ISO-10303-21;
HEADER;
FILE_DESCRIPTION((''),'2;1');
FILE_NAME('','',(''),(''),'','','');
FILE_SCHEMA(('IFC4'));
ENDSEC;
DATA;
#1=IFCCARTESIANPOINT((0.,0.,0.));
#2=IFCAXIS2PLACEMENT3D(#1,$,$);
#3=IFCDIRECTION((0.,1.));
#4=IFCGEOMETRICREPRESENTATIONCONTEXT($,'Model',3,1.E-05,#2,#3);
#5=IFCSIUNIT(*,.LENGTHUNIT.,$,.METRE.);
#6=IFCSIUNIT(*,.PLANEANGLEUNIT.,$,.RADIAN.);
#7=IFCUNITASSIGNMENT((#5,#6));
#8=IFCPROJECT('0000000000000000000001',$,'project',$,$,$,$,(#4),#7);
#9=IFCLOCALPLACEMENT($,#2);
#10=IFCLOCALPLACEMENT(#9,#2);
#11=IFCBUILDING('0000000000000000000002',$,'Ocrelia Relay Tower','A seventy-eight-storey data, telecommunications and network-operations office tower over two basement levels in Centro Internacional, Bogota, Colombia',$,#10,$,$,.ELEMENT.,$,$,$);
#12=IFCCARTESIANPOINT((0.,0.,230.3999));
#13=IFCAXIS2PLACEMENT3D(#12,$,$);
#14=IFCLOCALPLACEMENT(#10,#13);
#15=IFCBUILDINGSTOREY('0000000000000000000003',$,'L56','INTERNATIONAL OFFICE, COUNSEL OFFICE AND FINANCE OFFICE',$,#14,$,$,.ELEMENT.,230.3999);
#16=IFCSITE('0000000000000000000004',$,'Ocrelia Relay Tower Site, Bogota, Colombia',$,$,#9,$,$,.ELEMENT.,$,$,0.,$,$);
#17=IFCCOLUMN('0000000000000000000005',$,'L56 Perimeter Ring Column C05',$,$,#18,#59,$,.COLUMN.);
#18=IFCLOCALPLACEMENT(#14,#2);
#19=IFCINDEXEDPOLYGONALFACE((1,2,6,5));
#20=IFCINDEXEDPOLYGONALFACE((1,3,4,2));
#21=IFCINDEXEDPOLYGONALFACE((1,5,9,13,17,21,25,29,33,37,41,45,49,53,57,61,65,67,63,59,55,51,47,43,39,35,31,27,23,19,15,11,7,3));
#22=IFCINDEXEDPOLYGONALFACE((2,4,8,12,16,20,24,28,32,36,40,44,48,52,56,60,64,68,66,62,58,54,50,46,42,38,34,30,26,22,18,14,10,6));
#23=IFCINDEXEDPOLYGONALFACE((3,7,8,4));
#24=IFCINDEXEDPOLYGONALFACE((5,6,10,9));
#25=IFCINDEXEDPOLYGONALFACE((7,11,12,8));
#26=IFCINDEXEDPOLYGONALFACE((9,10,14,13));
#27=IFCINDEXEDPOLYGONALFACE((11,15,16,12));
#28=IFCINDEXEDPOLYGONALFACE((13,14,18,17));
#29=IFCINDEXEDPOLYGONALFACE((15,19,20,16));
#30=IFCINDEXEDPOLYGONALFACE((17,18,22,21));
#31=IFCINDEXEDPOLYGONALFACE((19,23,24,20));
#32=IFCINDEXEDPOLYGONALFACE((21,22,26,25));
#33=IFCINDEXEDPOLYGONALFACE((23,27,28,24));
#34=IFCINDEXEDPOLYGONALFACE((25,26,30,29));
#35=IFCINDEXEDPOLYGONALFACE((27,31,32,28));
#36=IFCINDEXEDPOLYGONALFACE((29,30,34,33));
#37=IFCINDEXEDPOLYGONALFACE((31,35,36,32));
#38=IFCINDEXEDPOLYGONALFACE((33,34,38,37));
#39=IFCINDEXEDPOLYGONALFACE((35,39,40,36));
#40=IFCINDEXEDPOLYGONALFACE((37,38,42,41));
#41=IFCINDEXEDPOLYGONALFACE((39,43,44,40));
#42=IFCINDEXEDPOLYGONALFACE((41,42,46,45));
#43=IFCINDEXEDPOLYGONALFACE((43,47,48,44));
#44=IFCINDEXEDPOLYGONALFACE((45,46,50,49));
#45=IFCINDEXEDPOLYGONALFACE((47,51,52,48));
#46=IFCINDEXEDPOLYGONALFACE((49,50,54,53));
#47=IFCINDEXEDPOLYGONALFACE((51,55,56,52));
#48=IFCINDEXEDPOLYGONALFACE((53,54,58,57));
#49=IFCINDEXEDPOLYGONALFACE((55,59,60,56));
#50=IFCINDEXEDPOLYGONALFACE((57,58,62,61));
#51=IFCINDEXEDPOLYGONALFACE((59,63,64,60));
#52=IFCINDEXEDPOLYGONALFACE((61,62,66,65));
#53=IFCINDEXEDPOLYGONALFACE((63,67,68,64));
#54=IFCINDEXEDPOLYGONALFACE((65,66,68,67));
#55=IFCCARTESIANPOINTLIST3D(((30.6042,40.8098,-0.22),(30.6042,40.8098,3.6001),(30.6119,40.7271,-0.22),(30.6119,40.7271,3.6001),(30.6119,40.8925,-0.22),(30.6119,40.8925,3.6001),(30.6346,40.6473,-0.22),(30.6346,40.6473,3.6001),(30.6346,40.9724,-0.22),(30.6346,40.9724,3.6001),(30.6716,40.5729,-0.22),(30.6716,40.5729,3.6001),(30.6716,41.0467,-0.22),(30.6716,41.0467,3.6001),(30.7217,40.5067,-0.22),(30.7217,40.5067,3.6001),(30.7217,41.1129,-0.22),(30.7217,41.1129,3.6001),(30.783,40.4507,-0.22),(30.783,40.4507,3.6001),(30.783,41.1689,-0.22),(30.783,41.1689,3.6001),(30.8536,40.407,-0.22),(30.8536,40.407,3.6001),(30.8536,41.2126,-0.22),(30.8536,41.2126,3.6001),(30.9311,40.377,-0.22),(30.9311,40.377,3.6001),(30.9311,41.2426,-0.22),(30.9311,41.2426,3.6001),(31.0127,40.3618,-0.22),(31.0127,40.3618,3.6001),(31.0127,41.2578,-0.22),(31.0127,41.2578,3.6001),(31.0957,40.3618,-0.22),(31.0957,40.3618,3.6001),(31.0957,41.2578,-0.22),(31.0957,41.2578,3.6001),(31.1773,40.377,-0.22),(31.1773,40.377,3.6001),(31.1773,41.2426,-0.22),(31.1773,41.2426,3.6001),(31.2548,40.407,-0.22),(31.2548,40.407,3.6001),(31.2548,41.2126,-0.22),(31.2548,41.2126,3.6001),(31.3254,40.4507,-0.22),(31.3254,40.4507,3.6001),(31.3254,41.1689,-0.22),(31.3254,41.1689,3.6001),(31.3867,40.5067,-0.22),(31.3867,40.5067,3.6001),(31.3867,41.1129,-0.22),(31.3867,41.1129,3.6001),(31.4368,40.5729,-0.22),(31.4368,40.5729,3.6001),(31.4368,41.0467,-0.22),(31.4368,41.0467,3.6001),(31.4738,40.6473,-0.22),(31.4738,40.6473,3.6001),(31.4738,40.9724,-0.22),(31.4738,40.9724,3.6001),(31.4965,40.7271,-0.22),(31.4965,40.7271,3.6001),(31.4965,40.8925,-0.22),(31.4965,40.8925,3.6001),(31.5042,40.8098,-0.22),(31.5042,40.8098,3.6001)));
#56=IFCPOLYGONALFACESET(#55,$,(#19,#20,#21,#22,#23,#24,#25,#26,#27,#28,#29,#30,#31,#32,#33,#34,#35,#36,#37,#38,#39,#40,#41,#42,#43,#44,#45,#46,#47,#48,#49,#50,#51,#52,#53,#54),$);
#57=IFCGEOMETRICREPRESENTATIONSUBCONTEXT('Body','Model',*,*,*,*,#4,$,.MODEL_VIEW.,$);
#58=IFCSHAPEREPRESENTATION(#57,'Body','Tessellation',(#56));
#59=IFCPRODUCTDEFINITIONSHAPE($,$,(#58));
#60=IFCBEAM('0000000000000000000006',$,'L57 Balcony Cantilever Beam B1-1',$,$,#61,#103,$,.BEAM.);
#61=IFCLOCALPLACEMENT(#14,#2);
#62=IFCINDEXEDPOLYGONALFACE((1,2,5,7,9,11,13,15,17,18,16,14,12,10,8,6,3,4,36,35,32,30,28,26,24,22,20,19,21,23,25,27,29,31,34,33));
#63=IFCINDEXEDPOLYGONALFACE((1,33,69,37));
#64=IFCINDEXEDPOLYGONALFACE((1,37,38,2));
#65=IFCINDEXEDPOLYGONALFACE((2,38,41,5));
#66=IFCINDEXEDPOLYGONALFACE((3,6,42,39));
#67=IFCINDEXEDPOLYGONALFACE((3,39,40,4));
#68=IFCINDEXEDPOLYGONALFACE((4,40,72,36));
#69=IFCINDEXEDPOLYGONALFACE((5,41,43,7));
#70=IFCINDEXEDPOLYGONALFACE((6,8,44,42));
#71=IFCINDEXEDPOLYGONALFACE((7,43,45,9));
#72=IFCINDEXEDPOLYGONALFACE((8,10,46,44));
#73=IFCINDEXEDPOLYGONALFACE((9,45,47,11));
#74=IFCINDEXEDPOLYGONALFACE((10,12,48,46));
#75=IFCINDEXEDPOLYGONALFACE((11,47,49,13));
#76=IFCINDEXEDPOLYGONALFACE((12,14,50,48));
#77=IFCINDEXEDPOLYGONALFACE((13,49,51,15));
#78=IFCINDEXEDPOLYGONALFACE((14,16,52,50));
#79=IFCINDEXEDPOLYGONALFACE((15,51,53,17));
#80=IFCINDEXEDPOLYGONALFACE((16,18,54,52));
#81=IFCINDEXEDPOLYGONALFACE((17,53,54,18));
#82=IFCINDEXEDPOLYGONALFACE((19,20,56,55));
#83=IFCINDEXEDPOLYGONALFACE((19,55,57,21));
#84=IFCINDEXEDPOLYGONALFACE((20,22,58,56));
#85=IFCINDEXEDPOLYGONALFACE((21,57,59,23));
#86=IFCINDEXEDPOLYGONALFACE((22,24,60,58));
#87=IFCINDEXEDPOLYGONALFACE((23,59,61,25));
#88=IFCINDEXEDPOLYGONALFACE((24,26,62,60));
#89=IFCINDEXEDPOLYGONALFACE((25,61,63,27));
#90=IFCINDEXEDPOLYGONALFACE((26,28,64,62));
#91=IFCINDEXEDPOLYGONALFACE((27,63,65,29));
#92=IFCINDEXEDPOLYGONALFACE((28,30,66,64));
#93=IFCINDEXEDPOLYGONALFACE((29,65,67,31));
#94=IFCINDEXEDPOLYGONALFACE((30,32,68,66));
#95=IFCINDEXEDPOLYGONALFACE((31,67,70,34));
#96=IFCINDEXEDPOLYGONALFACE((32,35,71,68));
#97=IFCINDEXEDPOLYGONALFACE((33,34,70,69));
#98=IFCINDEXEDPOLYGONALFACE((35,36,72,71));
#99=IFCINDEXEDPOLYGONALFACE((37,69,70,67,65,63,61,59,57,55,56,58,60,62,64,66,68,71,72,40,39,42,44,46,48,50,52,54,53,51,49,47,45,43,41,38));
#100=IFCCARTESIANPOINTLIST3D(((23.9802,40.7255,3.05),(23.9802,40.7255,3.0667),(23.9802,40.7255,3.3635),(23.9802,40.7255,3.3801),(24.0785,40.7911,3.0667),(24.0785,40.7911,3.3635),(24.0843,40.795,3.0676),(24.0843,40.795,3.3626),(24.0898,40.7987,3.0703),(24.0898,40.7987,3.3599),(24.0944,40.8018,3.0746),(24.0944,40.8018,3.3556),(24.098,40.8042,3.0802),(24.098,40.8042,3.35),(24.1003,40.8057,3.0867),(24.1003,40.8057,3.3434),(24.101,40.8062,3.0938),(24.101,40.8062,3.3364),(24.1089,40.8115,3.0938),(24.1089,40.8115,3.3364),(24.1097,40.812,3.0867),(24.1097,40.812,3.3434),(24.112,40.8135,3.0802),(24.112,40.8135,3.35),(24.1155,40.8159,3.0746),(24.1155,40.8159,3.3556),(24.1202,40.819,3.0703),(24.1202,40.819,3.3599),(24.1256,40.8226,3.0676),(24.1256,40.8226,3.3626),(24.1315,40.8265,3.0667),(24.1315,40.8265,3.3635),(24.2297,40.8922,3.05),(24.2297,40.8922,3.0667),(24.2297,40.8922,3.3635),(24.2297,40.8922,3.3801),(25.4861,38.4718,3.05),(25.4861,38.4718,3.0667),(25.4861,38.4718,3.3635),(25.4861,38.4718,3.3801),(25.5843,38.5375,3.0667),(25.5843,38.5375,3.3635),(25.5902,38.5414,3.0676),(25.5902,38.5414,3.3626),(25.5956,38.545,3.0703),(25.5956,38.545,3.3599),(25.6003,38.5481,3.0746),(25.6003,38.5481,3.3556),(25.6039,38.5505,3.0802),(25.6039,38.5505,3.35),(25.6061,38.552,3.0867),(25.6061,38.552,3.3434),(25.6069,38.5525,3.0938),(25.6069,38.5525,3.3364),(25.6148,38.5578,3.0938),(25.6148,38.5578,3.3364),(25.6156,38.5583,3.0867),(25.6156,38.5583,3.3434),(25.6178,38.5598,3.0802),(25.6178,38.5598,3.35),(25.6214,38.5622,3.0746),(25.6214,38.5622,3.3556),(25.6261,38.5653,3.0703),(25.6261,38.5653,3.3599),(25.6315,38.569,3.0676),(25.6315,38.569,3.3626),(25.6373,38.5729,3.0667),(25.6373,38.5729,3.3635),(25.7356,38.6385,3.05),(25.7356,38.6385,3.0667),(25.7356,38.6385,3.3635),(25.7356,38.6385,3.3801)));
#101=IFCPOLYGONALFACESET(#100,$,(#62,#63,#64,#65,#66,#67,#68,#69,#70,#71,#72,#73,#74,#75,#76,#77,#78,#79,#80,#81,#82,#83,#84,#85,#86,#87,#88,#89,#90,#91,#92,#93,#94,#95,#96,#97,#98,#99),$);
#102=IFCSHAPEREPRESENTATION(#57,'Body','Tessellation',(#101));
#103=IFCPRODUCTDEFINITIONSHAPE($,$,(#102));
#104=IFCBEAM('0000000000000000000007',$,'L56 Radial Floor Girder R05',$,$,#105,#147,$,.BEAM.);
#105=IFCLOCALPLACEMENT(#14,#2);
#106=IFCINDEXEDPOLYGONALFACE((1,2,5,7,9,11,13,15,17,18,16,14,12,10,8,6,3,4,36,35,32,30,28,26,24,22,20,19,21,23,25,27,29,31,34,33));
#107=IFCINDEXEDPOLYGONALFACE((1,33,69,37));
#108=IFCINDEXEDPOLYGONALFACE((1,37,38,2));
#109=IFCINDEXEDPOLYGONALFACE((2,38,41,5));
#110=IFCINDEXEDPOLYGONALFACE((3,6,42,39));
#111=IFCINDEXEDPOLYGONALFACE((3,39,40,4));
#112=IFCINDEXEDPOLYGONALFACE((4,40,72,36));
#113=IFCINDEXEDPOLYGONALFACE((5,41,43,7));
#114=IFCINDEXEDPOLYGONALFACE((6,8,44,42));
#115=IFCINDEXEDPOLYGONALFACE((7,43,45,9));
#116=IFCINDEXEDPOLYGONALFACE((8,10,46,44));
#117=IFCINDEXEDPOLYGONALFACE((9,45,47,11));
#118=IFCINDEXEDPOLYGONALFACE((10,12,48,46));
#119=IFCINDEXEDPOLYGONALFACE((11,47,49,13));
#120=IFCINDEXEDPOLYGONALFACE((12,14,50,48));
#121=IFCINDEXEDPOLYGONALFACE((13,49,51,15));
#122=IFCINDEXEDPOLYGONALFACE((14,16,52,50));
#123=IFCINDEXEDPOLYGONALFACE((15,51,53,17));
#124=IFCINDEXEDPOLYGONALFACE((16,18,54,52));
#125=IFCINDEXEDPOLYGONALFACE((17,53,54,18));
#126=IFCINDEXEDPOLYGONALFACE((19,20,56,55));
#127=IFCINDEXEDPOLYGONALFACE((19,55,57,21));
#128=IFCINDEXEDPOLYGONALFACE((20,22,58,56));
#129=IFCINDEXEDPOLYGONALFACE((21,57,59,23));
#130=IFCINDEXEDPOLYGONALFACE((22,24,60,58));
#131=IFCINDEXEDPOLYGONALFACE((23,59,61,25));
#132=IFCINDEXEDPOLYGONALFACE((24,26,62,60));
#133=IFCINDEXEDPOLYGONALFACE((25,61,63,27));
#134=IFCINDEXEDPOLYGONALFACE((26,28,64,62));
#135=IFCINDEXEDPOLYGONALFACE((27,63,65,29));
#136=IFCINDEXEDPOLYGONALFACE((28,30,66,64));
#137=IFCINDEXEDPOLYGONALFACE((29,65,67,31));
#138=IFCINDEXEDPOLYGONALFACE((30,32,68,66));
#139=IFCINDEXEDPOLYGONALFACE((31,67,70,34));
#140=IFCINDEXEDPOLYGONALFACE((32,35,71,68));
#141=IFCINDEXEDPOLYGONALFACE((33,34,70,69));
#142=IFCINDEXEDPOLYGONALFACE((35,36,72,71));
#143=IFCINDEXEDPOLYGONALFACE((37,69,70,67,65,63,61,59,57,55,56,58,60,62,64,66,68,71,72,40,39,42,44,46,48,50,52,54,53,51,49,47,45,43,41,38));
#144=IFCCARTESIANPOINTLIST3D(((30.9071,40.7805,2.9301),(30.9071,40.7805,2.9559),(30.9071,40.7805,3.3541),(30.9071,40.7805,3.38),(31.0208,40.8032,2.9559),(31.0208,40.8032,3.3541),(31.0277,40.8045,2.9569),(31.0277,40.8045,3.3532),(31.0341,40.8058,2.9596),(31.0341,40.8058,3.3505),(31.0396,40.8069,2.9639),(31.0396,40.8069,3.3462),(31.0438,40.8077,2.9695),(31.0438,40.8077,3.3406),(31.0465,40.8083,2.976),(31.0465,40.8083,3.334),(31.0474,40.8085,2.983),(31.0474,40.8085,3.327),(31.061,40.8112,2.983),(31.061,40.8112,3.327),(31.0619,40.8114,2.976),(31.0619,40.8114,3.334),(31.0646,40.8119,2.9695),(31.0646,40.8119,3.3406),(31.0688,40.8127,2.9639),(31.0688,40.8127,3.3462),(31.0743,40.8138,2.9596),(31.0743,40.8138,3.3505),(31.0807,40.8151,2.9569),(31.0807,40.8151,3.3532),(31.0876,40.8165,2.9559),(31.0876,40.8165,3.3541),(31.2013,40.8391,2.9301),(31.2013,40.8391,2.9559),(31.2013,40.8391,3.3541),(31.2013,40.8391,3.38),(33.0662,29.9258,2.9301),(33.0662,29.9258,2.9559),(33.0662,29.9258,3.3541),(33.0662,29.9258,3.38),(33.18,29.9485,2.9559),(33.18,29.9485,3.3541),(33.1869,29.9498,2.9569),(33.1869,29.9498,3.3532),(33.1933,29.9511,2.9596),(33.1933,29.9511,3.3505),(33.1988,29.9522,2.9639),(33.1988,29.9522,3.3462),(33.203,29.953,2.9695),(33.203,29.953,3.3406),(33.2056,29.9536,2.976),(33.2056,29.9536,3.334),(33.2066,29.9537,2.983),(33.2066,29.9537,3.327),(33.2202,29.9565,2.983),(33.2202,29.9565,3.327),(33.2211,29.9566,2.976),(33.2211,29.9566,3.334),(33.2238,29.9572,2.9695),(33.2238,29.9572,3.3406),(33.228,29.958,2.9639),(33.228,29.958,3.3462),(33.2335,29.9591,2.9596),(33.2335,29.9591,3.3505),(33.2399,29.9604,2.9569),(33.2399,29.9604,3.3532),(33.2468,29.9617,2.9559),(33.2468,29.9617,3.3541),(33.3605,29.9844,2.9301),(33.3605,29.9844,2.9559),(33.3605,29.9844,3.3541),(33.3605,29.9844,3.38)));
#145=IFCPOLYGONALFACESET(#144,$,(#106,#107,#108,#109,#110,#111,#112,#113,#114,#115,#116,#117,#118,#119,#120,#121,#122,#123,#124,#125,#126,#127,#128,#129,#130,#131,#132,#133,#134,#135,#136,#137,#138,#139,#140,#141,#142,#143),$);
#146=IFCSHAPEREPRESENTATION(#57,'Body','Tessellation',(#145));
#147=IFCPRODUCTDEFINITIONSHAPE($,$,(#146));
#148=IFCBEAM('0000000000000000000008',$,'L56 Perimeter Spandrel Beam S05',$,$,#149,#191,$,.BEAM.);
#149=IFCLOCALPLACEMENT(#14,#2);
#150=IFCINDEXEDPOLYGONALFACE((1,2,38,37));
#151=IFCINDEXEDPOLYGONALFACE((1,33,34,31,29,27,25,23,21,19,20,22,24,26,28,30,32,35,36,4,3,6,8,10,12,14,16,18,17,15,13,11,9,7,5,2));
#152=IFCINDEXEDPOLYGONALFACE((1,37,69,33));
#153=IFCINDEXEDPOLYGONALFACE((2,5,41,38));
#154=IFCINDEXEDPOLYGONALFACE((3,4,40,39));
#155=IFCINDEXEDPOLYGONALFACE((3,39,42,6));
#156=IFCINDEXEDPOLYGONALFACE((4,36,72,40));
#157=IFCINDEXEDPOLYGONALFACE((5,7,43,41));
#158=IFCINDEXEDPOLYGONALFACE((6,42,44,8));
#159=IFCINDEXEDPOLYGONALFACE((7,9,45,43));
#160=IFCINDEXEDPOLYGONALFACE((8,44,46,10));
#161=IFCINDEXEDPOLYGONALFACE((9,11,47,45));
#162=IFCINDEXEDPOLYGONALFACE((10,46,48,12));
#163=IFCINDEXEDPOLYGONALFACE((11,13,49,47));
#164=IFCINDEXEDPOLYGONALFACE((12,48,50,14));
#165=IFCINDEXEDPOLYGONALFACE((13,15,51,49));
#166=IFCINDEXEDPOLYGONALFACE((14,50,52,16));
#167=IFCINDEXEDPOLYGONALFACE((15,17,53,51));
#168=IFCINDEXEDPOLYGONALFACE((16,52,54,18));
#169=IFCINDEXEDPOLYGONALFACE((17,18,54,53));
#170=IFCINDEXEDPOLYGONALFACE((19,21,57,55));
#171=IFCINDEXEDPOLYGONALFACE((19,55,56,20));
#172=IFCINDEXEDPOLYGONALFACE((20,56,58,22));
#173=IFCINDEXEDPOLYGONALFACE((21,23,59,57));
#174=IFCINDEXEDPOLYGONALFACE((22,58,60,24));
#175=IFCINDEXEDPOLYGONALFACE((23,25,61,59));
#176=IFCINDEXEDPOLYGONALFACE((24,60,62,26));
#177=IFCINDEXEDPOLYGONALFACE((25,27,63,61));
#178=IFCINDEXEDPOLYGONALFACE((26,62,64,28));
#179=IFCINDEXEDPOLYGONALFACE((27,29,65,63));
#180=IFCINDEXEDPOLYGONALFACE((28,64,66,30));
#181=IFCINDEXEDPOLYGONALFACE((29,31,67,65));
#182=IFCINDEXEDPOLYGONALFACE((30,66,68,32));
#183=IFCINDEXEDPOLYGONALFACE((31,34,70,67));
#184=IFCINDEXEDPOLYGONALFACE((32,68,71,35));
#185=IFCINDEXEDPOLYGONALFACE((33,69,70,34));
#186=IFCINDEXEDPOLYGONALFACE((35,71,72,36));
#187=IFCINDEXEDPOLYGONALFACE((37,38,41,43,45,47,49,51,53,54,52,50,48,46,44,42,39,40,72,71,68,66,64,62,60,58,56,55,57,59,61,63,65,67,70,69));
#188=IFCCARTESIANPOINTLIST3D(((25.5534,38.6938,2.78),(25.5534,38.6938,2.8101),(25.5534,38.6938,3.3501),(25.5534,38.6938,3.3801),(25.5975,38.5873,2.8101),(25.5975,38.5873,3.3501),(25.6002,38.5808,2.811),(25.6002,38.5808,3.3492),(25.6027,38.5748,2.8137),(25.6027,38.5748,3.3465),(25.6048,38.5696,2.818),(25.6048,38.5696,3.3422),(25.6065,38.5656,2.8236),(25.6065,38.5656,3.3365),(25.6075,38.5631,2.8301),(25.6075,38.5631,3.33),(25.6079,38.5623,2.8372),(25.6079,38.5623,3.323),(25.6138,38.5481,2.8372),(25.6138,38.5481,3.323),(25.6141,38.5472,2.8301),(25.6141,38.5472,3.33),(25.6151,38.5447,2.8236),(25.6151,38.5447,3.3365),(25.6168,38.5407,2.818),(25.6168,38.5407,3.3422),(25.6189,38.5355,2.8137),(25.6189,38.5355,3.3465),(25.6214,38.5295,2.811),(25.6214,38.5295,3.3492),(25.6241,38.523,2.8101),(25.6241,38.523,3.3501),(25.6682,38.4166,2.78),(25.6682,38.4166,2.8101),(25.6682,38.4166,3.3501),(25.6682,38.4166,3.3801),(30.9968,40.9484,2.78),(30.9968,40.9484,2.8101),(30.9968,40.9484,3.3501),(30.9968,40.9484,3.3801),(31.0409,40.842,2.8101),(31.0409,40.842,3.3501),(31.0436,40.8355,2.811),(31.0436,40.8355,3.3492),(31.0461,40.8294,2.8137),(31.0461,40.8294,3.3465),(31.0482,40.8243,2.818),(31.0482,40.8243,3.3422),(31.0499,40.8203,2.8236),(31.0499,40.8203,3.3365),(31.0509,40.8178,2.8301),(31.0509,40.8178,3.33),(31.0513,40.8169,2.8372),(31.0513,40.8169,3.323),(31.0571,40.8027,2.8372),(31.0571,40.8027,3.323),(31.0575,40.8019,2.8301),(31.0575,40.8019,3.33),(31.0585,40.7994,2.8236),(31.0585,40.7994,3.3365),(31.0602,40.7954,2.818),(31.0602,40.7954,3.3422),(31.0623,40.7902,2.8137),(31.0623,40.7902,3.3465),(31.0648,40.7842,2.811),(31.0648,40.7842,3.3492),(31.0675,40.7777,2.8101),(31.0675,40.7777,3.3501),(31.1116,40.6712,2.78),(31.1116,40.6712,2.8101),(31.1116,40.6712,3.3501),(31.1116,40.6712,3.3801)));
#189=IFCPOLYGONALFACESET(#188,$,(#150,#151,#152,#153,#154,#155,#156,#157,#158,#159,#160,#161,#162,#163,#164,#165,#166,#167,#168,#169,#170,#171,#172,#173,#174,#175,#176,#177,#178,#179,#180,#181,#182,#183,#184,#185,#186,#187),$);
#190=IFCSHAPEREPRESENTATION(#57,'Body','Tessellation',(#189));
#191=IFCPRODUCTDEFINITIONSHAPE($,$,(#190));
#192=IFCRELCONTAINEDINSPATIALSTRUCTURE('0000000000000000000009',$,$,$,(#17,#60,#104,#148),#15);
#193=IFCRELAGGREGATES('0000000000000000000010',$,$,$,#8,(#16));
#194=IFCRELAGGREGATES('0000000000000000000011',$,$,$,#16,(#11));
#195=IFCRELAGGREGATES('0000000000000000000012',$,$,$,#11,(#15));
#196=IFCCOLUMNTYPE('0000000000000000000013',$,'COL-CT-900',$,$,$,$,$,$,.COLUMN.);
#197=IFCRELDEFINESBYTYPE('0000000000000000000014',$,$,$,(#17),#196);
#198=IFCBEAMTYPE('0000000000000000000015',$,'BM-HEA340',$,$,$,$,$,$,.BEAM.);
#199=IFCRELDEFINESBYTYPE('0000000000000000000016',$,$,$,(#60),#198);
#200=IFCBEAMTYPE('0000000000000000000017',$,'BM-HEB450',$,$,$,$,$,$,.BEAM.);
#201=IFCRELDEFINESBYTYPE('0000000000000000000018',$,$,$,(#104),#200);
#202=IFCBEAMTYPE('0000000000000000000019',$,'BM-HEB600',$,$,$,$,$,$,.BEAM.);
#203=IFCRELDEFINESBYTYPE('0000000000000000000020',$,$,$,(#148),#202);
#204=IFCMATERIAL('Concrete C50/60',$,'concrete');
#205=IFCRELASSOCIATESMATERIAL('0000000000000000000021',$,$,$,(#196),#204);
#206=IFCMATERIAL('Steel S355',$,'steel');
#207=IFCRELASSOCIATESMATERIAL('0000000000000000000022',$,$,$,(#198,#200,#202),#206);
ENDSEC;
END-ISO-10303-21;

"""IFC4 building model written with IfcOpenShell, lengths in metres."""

from ifc_helpers import new_model, si_unit, direction, frame, origin, origin_2d, place, context, subcontext, project, spatial, circle, i_section, extrude, material, material_profile, profile_set, type_object, element, save


model = new_model("IFC4")

# Units and contexts
model_context = context("Model", 3, precision=1e-05, world=origin(), true_north=direction((0.0, 1.0)))
body_context = subcontext(model_context, "Body", "Model", "MODEL_VIEW")
ifc_project = project(units=[si_unit("LENGTHUNIT", "METRE"), si_unit("PLANEANGLEUNIT", "RADIAN")], contexts=[model_context])

# Site, building, storey
site_placement = place(None, origin())
site = spatial("IfcSite", under=ifc_project, at=site_placement, Name="Ocrelia Relay Tower Site, Bogota, Colombia", CompositionType="ELEMENT", RefElevation=0.0)
building_placement = place(site_placement, origin())
building = spatial("IfcBuilding", under=site, at=building_placement, Name="Ocrelia Relay Tower", Description="A seventy-eight-storey data, telecommunications and network-operations office tower over two basement levels in Centro Internacional, Bogota, Colombia", CompositionType="ELEMENT")
storey_placement = place(building_placement, frame((0.0, 0.0, 230.3999)))
storey = spatial("IfcBuildingStorey", under=building, at=storey_placement, Name="L56", Description="INTERNATIONAL OFFICE, COUNSEL OFFICE AND FINANCE OFFICE", CompositionType="ELEMENT", Elevation=230.3999)

# Column
ifc_material_1 = material(Name="Concrete C50/60", Category="concrete")
ifc_material_profile_1 = material_profile(ifc_material_1, circle(Radius=0.45, at=origin_2d()), Name="RC-CIR-900")
ifc_profile_set_1 = profile_set([ifc_material_profile_1], Name="Concrete C50/60")
column_type = type_object("IfcColumnType", Name="COL-CT-900", PredefinedType="COLUMN", material=ifc_profile_set_1)
column_placement = place(storey_placement, frame((31.0542, 40.8098, -0.22), z_axis=(0.0, 0.0, 1.0), x_axis=(1.0, 0.0, 0.0)))
element("IfcColumn", 1, at=column_placement, inside=storey, type_object=column_type, Name="L56 Perimeter Ring Column C05", PredefinedType="COLUMN", context=body_context, shape_type="SweptSolid", body=[
    extrude(circle(Radius=0.45, at=origin_2d()), origin(), (0.0, 0.0, 1.0), 3.8201),
])

# Beams
ifc_material_2 = material(Name="Steel S355", Category="steel")
ifc_material_profile_2 = material_profile(ifc_material_2, i_section(OverallWidth=0.3, OverallDepth=0.3301, WebThickness=0.0095, FlangeThickness=0.0166, FilletRadius=0.0271, at=origin_2d()), Name="HEA 340")
ifc_profile_set_2 = profile_set([ifc_material_profile_2], Name="Steel S355")
beam_type_1 = type_object("IfcBeamType", Name="BM-HEA340", PredefinedType="BEAM", material=ifc_profile_set_2)
beam_1_placement = place(storey_placement, frame((25.6108, 38.5552, 3.2151), z_axis=(-0.555573, 0.831468, 0.0), x_axis=(-0.831468, -0.555573, 0.0)))
element("IfcBeam", 2, at=beam_1_placement, inside=storey, type_object=beam_type_1, Name="L57 Balcony Cantilever Beam B1-1", PredefinedType="BEAM", context=body_context, shape_type="SweptSolid", body=[
    extrude(i_section(OverallWidth=0.3, OverallDepth=0.3301, WebThickness=0.0095, FlangeThickness=0.0166, FilletRadius=0.0271, at=origin_2d()), origin(), (0.0, 0.0, 1.0), 2.7104),
])
ifc_material_profile_3 = material_profile(ifc_material_2, i_section(OverallWidth=0.3, OverallDepth=0.45, WebThickness=0.0139, FlangeThickness=0.0259, FilletRadius=0.0271, at=origin_2d()), Name="HEB 450")
ifc_profile_set_3 = profile_set([ifc_material_profile_3], Name="Steel S355")
beam_type_2 = type_object("IfcBeamType", Name="BM-HEB450", PredefinedType="BEAM", material=ifc_profile_set_3)
beam_2_placement = place(storey_placement, frame((31.0542, 40.8098, 3.155), z_axis=(0.195094, -0.980785, 0.0), x_axis=(0.980785, 0.195094, 0.0)))
element("IfcBeam", 3, at=beam_2_placement, inside=storey, type_object=beam_type_2, Name="L56 Radial Floor Girder R05", PredefinedType="BEAM", context=body_context, shape_type="SweptSolid", body=[
    extrude(i_section(OverallWidth=0.3, OverallDepth=0.45, WebThickness=0.0139, FlangeThickness=0.0259, FilletRadius=0.0271, at=origin_2d()), origin(), (0.0, 0.0, 1.0), 11.0674),
])
ifc_material_profile_4 = material_profile(ifc_material_2, i_section(OverallWidth=0.3, OverallDepth=0.6001, WebThickness=0.0154, FlangeThickness=0.03, FilletRadius=0.0271, at=origin_2d()), Name="HEB 600")
ifc_profile_set_4 = profile_set([ifc_material_profile_4], Name="Steel S355")
beam_type_3 = type_object("IfcBeamType", Name="BM-HEB600", PredefinedType="BEAM", material=ifc_profile_set_4)
beam_3_placement = place(storey_placement, frame((31.0542, 40.8098, 3.0801), z_axis=(-0.923884, -0.382673, 0.0), x_axis=(0.382673, -0.923884, 0.0)))
element("IfcBeam", 4, at=beam_3_placement, inside=storey, type_object=beam_type_3, Name="L56 Perimeter Spandrel Beam S05", PredefinedType="BEAM", context=body_context, shape_type="SweptSolid", body=[
    extrude(i_section(OverallWidth=0.3, OverallDepth=0.6001, WebThickness=0.0154, FlangeThickness=0.03, FilletRadius=0.0271, at=origin_2d()), origin(), (0.0, 0.0, 1.0), 5.8918),
])

save(model, "model.ifc")
